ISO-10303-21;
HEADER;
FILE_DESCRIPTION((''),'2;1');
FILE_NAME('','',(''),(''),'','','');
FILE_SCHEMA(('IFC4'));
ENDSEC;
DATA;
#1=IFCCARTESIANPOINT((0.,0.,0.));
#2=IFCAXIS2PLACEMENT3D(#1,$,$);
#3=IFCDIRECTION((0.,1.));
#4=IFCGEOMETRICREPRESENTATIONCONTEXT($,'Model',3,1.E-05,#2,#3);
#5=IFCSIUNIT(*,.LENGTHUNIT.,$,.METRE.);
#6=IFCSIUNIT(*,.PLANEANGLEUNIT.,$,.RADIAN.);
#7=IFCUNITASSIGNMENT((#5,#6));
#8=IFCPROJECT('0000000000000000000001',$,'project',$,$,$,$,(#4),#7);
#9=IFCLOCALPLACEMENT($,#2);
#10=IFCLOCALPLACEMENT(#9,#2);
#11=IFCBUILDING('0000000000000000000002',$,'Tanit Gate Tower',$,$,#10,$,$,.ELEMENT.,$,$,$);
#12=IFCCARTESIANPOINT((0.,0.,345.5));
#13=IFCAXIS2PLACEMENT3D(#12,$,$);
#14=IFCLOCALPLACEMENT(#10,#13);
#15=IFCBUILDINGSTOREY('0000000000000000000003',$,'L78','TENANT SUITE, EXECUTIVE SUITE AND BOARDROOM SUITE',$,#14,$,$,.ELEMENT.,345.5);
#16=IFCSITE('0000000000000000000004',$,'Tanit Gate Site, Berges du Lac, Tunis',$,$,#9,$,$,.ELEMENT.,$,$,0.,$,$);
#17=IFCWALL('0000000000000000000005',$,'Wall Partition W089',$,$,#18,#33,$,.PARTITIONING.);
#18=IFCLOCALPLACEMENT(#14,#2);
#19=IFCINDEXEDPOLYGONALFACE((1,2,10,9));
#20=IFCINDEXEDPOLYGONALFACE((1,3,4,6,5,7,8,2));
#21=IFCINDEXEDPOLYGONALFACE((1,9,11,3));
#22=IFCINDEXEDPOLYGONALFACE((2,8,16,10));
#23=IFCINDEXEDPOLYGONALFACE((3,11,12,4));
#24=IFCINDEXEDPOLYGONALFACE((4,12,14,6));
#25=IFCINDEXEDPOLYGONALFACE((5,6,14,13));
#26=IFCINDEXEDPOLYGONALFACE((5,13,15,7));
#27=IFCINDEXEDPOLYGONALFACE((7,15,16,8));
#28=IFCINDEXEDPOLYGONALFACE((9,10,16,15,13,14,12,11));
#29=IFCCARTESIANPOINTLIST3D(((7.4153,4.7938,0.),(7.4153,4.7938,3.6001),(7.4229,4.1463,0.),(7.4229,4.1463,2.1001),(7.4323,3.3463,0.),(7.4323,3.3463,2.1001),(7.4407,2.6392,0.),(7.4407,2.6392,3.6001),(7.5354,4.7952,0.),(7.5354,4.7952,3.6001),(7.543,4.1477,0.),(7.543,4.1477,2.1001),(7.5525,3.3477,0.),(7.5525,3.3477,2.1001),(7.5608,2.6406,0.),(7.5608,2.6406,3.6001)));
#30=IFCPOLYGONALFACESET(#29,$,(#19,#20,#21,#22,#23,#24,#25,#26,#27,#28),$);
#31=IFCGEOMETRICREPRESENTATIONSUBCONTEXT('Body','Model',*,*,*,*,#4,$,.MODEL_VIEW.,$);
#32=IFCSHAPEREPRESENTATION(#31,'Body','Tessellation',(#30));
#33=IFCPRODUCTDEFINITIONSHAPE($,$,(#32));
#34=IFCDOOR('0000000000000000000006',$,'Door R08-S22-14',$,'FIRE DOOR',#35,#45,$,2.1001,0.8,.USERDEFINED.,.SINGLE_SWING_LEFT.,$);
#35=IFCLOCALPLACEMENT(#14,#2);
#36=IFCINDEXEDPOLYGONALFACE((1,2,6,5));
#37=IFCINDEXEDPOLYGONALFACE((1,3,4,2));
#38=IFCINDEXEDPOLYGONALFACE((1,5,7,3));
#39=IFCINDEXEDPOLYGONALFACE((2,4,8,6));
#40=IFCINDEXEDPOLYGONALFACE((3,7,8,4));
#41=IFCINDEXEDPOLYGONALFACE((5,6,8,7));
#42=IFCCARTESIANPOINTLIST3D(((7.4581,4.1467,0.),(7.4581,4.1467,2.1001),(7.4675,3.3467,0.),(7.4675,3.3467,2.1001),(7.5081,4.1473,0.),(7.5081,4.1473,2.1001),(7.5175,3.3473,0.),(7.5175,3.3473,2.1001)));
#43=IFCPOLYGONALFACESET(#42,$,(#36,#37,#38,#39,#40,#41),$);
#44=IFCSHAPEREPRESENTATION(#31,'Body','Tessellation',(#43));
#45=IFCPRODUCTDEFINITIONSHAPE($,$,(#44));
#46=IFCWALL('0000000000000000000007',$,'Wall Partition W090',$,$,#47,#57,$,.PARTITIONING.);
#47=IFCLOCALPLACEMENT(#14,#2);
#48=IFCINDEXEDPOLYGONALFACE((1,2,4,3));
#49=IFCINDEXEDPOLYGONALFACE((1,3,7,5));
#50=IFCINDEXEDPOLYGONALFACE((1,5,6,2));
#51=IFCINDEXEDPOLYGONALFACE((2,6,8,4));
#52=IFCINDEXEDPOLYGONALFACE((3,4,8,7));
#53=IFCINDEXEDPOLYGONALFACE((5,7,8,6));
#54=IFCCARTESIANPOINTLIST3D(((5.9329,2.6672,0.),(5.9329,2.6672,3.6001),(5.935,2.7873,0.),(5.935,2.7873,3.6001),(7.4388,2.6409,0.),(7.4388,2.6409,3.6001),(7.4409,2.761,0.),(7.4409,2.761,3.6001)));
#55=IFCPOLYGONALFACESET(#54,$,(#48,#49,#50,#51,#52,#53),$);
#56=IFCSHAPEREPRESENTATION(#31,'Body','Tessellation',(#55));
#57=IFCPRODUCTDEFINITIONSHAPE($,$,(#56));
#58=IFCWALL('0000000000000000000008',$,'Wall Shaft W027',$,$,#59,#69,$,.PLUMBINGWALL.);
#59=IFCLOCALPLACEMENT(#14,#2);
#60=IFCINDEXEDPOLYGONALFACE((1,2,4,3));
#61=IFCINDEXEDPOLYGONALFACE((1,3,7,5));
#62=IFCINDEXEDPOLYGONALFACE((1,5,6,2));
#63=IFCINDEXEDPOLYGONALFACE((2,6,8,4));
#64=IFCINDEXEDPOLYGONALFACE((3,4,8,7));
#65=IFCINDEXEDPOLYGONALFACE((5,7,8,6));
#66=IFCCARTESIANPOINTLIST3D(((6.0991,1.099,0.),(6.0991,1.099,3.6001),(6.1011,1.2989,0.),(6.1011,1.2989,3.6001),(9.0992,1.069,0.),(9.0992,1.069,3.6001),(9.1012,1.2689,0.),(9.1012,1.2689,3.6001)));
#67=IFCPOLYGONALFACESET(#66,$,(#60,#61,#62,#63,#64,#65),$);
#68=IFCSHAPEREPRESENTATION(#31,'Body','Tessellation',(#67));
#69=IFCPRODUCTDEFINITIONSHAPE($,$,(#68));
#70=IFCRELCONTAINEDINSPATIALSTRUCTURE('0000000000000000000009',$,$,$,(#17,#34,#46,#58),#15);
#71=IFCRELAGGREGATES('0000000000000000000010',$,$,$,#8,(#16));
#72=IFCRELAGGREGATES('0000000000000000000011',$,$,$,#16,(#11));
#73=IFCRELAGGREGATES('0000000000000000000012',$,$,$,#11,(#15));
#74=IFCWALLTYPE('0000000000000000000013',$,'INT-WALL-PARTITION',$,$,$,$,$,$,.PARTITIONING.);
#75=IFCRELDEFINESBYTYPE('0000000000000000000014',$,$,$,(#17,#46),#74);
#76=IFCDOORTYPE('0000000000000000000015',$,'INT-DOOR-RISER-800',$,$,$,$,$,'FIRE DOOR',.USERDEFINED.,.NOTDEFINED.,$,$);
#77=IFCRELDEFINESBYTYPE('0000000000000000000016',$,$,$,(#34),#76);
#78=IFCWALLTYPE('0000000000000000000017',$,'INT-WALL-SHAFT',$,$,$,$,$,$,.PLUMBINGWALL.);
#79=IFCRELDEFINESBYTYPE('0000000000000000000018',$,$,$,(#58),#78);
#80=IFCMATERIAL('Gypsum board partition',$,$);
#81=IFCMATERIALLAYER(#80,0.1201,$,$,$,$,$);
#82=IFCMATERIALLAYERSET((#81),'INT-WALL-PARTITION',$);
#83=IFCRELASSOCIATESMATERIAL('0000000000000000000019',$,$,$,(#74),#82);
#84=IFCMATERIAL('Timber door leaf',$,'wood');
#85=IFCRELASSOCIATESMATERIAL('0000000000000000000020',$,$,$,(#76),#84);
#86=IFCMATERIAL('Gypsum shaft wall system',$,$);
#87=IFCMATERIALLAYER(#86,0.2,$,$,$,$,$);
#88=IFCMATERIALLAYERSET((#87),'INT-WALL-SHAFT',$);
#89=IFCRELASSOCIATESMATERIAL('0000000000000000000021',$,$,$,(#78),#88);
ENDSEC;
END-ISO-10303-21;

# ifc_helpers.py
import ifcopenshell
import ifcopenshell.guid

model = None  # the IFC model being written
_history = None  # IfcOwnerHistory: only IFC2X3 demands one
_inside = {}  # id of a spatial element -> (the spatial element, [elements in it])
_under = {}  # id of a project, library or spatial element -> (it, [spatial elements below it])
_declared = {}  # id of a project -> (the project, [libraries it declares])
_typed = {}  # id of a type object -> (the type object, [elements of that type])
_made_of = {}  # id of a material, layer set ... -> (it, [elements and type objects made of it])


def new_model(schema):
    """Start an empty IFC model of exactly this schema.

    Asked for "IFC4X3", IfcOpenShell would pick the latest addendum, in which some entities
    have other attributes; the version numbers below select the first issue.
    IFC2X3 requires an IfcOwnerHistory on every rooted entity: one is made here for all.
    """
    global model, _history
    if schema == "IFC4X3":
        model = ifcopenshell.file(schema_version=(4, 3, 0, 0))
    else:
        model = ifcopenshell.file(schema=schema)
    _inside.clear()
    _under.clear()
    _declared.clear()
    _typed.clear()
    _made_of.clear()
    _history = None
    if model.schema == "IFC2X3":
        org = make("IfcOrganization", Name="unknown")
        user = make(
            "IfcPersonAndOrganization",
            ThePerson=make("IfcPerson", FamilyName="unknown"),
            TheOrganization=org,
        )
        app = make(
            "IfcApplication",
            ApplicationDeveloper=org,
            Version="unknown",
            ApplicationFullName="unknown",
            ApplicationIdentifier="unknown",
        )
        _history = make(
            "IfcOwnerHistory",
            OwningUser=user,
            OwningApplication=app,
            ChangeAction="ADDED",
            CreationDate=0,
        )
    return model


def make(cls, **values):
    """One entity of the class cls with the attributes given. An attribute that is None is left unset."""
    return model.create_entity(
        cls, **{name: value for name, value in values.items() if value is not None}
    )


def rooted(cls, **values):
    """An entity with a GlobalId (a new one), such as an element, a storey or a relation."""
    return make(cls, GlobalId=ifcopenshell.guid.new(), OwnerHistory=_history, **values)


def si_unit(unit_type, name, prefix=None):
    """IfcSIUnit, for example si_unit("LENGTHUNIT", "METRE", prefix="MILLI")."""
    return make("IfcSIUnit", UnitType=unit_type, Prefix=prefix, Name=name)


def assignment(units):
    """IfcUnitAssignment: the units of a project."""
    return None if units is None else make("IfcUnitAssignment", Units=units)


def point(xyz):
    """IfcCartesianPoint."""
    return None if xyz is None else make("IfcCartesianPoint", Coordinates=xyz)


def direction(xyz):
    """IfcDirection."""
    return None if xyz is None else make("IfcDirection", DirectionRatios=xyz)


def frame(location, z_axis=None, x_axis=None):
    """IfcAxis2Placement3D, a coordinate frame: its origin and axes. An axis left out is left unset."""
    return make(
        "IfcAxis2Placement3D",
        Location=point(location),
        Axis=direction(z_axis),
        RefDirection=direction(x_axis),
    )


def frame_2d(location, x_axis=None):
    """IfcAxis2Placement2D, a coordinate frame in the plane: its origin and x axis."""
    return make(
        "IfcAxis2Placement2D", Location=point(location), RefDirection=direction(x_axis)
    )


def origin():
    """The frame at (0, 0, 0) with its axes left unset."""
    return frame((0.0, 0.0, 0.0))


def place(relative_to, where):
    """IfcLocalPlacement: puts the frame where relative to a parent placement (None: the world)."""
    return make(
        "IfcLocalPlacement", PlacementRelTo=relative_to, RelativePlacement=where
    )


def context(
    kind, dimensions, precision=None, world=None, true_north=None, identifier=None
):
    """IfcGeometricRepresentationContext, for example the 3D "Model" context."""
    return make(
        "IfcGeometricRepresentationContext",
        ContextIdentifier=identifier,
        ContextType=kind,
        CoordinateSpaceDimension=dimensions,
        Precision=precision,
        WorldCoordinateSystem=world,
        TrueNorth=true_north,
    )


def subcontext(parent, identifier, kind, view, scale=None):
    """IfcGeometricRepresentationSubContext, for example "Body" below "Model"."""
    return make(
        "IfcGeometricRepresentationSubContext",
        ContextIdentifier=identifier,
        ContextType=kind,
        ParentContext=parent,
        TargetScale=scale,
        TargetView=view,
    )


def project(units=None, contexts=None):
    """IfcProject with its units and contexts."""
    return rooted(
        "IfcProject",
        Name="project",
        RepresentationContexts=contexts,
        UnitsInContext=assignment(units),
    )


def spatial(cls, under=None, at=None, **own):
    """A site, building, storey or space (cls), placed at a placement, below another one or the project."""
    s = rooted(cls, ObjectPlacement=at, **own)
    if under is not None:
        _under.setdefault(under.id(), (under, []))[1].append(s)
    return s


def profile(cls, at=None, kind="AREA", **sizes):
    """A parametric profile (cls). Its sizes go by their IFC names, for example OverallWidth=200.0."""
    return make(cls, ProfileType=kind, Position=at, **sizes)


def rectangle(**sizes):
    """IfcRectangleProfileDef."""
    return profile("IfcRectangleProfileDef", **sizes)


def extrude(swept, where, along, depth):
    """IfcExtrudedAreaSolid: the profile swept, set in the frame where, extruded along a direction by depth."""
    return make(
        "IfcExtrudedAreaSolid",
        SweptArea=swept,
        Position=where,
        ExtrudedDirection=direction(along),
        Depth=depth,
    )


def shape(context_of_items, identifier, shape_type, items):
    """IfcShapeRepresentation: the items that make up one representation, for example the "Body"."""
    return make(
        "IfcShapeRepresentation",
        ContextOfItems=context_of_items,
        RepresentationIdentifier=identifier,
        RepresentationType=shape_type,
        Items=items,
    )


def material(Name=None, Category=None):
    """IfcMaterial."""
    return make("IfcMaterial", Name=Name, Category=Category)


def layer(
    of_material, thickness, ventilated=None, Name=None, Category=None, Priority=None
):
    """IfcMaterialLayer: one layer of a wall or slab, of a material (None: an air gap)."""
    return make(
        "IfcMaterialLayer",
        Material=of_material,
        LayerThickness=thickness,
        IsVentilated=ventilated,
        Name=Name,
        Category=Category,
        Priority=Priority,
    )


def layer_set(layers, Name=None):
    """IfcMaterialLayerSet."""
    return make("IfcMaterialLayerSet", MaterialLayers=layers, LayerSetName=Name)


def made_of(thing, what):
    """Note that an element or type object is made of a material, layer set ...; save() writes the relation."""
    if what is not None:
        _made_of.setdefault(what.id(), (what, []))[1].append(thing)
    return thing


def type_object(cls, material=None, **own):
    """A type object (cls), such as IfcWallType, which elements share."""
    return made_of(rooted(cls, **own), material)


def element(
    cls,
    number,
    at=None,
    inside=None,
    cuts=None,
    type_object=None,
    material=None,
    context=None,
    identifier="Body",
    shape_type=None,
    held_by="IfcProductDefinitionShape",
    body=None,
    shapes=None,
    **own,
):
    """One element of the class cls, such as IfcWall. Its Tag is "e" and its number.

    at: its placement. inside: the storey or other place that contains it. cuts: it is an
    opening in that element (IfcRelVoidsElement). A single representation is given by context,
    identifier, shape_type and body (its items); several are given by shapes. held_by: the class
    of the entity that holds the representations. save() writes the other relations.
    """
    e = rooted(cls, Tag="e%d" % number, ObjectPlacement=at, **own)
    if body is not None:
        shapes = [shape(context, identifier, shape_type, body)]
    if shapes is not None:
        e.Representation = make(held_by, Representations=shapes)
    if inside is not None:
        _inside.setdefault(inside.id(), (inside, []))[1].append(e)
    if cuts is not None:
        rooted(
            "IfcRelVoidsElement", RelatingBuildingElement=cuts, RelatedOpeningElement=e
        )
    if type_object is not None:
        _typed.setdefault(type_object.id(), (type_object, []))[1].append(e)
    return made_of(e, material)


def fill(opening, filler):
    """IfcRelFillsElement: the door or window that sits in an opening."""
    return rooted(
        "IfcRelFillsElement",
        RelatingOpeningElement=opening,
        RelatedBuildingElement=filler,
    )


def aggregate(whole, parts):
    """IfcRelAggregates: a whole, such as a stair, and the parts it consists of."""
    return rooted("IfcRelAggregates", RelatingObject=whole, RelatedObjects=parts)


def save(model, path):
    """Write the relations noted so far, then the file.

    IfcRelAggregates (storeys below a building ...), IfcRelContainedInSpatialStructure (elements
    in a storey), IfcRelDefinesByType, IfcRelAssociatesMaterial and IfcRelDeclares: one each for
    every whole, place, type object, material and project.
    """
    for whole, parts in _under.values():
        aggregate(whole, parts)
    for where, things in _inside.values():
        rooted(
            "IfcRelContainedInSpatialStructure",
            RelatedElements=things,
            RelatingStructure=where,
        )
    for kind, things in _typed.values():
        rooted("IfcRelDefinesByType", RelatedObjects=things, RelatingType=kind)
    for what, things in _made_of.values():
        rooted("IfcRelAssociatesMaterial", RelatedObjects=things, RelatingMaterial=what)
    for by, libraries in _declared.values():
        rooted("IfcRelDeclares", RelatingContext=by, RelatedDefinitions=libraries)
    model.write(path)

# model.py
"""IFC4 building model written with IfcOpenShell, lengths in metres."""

from ifc_helpers import new_model, si_unit, direction, frame, frame_2d, origin, place, context, subcontext, project, spatial, rectangle, extrude, material, layer, layer_set, type_object, element, fill, save


model = new_model("IFC4")

# Units and contexts
model_context = context("Model", 3, precision=1e-05, world=origin(), true_north=direction((0.0, 1.0)))
body_context = subcontext(model_context, "Body", "Model", "MODEL_VIEW")
ifc_project = project(units=[si_unit("LENGTHUNIT", "METRE"), si_unit("PLANEANGLEUNIT", "RADIAN")], contexts=[model_context])

# Site, building, storey
site_placement = place(None, origin())
site = spatial("IfcSite", under=ifc_project, at=site_placement, Name="Tanit Gate Site, Berges du Lac, Tunis", CompositionType="ELEMENT", RefElevation=0.0)
building_placement = place(site_placement, origin())
building = spatial("IfcBuilding", under=site, at=building_placement, Name="Tanit Gate Tower", CompositionType="ELEMENT")
storey_placement = place(building_placement, frame((0.0, 0.0, 345.5)))
storey = spatial("IfcBuildingStorey", under=building, at=storey_placement, Name="L78", Description="TENANT SUITE, EXECUTIVE SUITE AND BOARDROOM SUITE", CompositionType="ELEMENT", Elevation=345.5)

# Shared definitions
ifc_material_1 = material(Name="Gypsum board partition")
ifc_layer_1 = layer(ifc_material_1, 0.1201)
ifc_layer_set_1 = layer_set([ifc_layer_1], Name="INT-WALL-PARTITION")
wall_type_1 = type_object("IfcWallType", Name="INT-WALL-PARTITION", PredefinedType="PARTITIONING", material=ifc_layer_set_1)

# Wall, opening, door
ifc_material_2 = material(Name="Timber door leaf", Category="wood")
door_type_1 = type_object("IfcDoorType", Name="INT-DOOR-RISER-800", ElementType="FIRE DOOR", OperationType="NOTDEFINED", PredefinedType="USERDEFINED", material=ifc_material_2)
wall_1_placement = place(storey_placement, frame((7.5007, 2.6399, 0.0), z_axis=(0.0, 0.0, 1.0), x_axis=(-0.011784, 0.999931, 0.0)))
wall_1 = element("IfcWall", 1, at=wall_1_placement, inside=storey, type_object=wall_type_1, Name="Wall Partition W089", PredefinedType="PARTITIONING", context=body_context, shape_type="SweptSolid", body=[
    extrude(rectangle(XDim=2.1548, YDim=0.1201, at=frame_2d((1.0774, 0.0))), origin(), (0.0, 0.0, 1.0), 3.6001),
])
opening_1_placement = place(wall_1_placement, frame((0.7073, 0.0, 0.0)))
opening_1 = element("IfcOpeningElement", 2, at=opening_1_placement, cuts=wall_1, PredefinedType="OPENING", context=body_context, shape_type="SweptSolid", body=[
    extrude(rectangle(XDim=0.8, YDim=2.1001, at=frame_2d((0.3999, 1.05))), frame((0.0, 0.0701, 0.0), z_axis=(0.0, -1.0, 0.0), x_axis=(1.0, 0.0, 0.0)), (0.0, 0.0, 1.0), 0.1401),
])
door_1_placement = place(opening_1_placement, origin())
door_1 = element("IfcDoor", 3, at=door_1_placement, inside=storey, type_object=door_type_1, Name="Door R08-S22-14", ObjectType="FIRE DOOR", OperationType="SINGLE_SWING_LEFT", OverallHeight=2.1001, OverallWidth=0.8, PredefinedType="USERDEFINED", context=body_context, shape_type="SweptSolid", body=[
    extrude(rectangle(XDim=0.8, YDim=2.1001, at=frame_2d((0.3999, 1.05))), frame((0.0, 0.0249, 0.0), z_axis=(0.0, -1.0, 0.0), x_axis=(1.0, 0.0, 0.0)), (0.0, 0.0, 1.0), 0.05),
])
fill(opening_1, door_1)

# Wall
wall_2_placement = place(storey_placement, frame((5.9341, 2.7273, 0.0), z_axis=(0.0, 0.0, 1.0), x_axis=(0.999847, -0.017507, 0.0)))
element("IfcWall", 4, at=wall_2_placement, inside=storey, type_object=wall_type_1, Name="Wall Partition W090", PredefinedType="PARTITIONING", context=body_context, shape_type="SweptSolid", body=[
    extrude(rectangle(XDim=1.5061, YDim=0.1201, at=frame_2d((0.7529, 0.0))), origin(), (0.0, 0.0, 1.0), 3.6001),
])

# Shared definitions
ifc_material_3 = material(Name="Gypsum shaft wall system")
ifc_layer_2 = layer(ifc_material_3, 0.2)
ifc_layer_set_2 = layer_set([ifc_layer_2], Name="INT-WALL-SHAFT")
wall_type_2 = type_object("IfcWallType", Name="INT-WALL-SHAFT", PredefinedType="PLUMBINGWALL", material=ifc_layer_set_2)

# Wall
wall_3_placement = place(storey_placement, frame((9.1001, 1.1689, 0.0), z_axis=(0.0, 0.0, 1.0), x_axis=(-0.99995, 0.010009, 0.0)))
element("IfcWall", 5, at=wall_3_placement, inside=storey, type_object=wall_type_2, Name="Wall Shaft W027", PredefinedType="PLUMBINGWALL", context=body_context, shape_type="SweptSolid", body=[
    extrude(rectangle(XDim=3.0002, YDim=0.2, at=frame_2d((1.5, 0.0))), origin(), (0.0, 0.0, 1.0), 3.6001),
])

save(model, "model.ifc")
